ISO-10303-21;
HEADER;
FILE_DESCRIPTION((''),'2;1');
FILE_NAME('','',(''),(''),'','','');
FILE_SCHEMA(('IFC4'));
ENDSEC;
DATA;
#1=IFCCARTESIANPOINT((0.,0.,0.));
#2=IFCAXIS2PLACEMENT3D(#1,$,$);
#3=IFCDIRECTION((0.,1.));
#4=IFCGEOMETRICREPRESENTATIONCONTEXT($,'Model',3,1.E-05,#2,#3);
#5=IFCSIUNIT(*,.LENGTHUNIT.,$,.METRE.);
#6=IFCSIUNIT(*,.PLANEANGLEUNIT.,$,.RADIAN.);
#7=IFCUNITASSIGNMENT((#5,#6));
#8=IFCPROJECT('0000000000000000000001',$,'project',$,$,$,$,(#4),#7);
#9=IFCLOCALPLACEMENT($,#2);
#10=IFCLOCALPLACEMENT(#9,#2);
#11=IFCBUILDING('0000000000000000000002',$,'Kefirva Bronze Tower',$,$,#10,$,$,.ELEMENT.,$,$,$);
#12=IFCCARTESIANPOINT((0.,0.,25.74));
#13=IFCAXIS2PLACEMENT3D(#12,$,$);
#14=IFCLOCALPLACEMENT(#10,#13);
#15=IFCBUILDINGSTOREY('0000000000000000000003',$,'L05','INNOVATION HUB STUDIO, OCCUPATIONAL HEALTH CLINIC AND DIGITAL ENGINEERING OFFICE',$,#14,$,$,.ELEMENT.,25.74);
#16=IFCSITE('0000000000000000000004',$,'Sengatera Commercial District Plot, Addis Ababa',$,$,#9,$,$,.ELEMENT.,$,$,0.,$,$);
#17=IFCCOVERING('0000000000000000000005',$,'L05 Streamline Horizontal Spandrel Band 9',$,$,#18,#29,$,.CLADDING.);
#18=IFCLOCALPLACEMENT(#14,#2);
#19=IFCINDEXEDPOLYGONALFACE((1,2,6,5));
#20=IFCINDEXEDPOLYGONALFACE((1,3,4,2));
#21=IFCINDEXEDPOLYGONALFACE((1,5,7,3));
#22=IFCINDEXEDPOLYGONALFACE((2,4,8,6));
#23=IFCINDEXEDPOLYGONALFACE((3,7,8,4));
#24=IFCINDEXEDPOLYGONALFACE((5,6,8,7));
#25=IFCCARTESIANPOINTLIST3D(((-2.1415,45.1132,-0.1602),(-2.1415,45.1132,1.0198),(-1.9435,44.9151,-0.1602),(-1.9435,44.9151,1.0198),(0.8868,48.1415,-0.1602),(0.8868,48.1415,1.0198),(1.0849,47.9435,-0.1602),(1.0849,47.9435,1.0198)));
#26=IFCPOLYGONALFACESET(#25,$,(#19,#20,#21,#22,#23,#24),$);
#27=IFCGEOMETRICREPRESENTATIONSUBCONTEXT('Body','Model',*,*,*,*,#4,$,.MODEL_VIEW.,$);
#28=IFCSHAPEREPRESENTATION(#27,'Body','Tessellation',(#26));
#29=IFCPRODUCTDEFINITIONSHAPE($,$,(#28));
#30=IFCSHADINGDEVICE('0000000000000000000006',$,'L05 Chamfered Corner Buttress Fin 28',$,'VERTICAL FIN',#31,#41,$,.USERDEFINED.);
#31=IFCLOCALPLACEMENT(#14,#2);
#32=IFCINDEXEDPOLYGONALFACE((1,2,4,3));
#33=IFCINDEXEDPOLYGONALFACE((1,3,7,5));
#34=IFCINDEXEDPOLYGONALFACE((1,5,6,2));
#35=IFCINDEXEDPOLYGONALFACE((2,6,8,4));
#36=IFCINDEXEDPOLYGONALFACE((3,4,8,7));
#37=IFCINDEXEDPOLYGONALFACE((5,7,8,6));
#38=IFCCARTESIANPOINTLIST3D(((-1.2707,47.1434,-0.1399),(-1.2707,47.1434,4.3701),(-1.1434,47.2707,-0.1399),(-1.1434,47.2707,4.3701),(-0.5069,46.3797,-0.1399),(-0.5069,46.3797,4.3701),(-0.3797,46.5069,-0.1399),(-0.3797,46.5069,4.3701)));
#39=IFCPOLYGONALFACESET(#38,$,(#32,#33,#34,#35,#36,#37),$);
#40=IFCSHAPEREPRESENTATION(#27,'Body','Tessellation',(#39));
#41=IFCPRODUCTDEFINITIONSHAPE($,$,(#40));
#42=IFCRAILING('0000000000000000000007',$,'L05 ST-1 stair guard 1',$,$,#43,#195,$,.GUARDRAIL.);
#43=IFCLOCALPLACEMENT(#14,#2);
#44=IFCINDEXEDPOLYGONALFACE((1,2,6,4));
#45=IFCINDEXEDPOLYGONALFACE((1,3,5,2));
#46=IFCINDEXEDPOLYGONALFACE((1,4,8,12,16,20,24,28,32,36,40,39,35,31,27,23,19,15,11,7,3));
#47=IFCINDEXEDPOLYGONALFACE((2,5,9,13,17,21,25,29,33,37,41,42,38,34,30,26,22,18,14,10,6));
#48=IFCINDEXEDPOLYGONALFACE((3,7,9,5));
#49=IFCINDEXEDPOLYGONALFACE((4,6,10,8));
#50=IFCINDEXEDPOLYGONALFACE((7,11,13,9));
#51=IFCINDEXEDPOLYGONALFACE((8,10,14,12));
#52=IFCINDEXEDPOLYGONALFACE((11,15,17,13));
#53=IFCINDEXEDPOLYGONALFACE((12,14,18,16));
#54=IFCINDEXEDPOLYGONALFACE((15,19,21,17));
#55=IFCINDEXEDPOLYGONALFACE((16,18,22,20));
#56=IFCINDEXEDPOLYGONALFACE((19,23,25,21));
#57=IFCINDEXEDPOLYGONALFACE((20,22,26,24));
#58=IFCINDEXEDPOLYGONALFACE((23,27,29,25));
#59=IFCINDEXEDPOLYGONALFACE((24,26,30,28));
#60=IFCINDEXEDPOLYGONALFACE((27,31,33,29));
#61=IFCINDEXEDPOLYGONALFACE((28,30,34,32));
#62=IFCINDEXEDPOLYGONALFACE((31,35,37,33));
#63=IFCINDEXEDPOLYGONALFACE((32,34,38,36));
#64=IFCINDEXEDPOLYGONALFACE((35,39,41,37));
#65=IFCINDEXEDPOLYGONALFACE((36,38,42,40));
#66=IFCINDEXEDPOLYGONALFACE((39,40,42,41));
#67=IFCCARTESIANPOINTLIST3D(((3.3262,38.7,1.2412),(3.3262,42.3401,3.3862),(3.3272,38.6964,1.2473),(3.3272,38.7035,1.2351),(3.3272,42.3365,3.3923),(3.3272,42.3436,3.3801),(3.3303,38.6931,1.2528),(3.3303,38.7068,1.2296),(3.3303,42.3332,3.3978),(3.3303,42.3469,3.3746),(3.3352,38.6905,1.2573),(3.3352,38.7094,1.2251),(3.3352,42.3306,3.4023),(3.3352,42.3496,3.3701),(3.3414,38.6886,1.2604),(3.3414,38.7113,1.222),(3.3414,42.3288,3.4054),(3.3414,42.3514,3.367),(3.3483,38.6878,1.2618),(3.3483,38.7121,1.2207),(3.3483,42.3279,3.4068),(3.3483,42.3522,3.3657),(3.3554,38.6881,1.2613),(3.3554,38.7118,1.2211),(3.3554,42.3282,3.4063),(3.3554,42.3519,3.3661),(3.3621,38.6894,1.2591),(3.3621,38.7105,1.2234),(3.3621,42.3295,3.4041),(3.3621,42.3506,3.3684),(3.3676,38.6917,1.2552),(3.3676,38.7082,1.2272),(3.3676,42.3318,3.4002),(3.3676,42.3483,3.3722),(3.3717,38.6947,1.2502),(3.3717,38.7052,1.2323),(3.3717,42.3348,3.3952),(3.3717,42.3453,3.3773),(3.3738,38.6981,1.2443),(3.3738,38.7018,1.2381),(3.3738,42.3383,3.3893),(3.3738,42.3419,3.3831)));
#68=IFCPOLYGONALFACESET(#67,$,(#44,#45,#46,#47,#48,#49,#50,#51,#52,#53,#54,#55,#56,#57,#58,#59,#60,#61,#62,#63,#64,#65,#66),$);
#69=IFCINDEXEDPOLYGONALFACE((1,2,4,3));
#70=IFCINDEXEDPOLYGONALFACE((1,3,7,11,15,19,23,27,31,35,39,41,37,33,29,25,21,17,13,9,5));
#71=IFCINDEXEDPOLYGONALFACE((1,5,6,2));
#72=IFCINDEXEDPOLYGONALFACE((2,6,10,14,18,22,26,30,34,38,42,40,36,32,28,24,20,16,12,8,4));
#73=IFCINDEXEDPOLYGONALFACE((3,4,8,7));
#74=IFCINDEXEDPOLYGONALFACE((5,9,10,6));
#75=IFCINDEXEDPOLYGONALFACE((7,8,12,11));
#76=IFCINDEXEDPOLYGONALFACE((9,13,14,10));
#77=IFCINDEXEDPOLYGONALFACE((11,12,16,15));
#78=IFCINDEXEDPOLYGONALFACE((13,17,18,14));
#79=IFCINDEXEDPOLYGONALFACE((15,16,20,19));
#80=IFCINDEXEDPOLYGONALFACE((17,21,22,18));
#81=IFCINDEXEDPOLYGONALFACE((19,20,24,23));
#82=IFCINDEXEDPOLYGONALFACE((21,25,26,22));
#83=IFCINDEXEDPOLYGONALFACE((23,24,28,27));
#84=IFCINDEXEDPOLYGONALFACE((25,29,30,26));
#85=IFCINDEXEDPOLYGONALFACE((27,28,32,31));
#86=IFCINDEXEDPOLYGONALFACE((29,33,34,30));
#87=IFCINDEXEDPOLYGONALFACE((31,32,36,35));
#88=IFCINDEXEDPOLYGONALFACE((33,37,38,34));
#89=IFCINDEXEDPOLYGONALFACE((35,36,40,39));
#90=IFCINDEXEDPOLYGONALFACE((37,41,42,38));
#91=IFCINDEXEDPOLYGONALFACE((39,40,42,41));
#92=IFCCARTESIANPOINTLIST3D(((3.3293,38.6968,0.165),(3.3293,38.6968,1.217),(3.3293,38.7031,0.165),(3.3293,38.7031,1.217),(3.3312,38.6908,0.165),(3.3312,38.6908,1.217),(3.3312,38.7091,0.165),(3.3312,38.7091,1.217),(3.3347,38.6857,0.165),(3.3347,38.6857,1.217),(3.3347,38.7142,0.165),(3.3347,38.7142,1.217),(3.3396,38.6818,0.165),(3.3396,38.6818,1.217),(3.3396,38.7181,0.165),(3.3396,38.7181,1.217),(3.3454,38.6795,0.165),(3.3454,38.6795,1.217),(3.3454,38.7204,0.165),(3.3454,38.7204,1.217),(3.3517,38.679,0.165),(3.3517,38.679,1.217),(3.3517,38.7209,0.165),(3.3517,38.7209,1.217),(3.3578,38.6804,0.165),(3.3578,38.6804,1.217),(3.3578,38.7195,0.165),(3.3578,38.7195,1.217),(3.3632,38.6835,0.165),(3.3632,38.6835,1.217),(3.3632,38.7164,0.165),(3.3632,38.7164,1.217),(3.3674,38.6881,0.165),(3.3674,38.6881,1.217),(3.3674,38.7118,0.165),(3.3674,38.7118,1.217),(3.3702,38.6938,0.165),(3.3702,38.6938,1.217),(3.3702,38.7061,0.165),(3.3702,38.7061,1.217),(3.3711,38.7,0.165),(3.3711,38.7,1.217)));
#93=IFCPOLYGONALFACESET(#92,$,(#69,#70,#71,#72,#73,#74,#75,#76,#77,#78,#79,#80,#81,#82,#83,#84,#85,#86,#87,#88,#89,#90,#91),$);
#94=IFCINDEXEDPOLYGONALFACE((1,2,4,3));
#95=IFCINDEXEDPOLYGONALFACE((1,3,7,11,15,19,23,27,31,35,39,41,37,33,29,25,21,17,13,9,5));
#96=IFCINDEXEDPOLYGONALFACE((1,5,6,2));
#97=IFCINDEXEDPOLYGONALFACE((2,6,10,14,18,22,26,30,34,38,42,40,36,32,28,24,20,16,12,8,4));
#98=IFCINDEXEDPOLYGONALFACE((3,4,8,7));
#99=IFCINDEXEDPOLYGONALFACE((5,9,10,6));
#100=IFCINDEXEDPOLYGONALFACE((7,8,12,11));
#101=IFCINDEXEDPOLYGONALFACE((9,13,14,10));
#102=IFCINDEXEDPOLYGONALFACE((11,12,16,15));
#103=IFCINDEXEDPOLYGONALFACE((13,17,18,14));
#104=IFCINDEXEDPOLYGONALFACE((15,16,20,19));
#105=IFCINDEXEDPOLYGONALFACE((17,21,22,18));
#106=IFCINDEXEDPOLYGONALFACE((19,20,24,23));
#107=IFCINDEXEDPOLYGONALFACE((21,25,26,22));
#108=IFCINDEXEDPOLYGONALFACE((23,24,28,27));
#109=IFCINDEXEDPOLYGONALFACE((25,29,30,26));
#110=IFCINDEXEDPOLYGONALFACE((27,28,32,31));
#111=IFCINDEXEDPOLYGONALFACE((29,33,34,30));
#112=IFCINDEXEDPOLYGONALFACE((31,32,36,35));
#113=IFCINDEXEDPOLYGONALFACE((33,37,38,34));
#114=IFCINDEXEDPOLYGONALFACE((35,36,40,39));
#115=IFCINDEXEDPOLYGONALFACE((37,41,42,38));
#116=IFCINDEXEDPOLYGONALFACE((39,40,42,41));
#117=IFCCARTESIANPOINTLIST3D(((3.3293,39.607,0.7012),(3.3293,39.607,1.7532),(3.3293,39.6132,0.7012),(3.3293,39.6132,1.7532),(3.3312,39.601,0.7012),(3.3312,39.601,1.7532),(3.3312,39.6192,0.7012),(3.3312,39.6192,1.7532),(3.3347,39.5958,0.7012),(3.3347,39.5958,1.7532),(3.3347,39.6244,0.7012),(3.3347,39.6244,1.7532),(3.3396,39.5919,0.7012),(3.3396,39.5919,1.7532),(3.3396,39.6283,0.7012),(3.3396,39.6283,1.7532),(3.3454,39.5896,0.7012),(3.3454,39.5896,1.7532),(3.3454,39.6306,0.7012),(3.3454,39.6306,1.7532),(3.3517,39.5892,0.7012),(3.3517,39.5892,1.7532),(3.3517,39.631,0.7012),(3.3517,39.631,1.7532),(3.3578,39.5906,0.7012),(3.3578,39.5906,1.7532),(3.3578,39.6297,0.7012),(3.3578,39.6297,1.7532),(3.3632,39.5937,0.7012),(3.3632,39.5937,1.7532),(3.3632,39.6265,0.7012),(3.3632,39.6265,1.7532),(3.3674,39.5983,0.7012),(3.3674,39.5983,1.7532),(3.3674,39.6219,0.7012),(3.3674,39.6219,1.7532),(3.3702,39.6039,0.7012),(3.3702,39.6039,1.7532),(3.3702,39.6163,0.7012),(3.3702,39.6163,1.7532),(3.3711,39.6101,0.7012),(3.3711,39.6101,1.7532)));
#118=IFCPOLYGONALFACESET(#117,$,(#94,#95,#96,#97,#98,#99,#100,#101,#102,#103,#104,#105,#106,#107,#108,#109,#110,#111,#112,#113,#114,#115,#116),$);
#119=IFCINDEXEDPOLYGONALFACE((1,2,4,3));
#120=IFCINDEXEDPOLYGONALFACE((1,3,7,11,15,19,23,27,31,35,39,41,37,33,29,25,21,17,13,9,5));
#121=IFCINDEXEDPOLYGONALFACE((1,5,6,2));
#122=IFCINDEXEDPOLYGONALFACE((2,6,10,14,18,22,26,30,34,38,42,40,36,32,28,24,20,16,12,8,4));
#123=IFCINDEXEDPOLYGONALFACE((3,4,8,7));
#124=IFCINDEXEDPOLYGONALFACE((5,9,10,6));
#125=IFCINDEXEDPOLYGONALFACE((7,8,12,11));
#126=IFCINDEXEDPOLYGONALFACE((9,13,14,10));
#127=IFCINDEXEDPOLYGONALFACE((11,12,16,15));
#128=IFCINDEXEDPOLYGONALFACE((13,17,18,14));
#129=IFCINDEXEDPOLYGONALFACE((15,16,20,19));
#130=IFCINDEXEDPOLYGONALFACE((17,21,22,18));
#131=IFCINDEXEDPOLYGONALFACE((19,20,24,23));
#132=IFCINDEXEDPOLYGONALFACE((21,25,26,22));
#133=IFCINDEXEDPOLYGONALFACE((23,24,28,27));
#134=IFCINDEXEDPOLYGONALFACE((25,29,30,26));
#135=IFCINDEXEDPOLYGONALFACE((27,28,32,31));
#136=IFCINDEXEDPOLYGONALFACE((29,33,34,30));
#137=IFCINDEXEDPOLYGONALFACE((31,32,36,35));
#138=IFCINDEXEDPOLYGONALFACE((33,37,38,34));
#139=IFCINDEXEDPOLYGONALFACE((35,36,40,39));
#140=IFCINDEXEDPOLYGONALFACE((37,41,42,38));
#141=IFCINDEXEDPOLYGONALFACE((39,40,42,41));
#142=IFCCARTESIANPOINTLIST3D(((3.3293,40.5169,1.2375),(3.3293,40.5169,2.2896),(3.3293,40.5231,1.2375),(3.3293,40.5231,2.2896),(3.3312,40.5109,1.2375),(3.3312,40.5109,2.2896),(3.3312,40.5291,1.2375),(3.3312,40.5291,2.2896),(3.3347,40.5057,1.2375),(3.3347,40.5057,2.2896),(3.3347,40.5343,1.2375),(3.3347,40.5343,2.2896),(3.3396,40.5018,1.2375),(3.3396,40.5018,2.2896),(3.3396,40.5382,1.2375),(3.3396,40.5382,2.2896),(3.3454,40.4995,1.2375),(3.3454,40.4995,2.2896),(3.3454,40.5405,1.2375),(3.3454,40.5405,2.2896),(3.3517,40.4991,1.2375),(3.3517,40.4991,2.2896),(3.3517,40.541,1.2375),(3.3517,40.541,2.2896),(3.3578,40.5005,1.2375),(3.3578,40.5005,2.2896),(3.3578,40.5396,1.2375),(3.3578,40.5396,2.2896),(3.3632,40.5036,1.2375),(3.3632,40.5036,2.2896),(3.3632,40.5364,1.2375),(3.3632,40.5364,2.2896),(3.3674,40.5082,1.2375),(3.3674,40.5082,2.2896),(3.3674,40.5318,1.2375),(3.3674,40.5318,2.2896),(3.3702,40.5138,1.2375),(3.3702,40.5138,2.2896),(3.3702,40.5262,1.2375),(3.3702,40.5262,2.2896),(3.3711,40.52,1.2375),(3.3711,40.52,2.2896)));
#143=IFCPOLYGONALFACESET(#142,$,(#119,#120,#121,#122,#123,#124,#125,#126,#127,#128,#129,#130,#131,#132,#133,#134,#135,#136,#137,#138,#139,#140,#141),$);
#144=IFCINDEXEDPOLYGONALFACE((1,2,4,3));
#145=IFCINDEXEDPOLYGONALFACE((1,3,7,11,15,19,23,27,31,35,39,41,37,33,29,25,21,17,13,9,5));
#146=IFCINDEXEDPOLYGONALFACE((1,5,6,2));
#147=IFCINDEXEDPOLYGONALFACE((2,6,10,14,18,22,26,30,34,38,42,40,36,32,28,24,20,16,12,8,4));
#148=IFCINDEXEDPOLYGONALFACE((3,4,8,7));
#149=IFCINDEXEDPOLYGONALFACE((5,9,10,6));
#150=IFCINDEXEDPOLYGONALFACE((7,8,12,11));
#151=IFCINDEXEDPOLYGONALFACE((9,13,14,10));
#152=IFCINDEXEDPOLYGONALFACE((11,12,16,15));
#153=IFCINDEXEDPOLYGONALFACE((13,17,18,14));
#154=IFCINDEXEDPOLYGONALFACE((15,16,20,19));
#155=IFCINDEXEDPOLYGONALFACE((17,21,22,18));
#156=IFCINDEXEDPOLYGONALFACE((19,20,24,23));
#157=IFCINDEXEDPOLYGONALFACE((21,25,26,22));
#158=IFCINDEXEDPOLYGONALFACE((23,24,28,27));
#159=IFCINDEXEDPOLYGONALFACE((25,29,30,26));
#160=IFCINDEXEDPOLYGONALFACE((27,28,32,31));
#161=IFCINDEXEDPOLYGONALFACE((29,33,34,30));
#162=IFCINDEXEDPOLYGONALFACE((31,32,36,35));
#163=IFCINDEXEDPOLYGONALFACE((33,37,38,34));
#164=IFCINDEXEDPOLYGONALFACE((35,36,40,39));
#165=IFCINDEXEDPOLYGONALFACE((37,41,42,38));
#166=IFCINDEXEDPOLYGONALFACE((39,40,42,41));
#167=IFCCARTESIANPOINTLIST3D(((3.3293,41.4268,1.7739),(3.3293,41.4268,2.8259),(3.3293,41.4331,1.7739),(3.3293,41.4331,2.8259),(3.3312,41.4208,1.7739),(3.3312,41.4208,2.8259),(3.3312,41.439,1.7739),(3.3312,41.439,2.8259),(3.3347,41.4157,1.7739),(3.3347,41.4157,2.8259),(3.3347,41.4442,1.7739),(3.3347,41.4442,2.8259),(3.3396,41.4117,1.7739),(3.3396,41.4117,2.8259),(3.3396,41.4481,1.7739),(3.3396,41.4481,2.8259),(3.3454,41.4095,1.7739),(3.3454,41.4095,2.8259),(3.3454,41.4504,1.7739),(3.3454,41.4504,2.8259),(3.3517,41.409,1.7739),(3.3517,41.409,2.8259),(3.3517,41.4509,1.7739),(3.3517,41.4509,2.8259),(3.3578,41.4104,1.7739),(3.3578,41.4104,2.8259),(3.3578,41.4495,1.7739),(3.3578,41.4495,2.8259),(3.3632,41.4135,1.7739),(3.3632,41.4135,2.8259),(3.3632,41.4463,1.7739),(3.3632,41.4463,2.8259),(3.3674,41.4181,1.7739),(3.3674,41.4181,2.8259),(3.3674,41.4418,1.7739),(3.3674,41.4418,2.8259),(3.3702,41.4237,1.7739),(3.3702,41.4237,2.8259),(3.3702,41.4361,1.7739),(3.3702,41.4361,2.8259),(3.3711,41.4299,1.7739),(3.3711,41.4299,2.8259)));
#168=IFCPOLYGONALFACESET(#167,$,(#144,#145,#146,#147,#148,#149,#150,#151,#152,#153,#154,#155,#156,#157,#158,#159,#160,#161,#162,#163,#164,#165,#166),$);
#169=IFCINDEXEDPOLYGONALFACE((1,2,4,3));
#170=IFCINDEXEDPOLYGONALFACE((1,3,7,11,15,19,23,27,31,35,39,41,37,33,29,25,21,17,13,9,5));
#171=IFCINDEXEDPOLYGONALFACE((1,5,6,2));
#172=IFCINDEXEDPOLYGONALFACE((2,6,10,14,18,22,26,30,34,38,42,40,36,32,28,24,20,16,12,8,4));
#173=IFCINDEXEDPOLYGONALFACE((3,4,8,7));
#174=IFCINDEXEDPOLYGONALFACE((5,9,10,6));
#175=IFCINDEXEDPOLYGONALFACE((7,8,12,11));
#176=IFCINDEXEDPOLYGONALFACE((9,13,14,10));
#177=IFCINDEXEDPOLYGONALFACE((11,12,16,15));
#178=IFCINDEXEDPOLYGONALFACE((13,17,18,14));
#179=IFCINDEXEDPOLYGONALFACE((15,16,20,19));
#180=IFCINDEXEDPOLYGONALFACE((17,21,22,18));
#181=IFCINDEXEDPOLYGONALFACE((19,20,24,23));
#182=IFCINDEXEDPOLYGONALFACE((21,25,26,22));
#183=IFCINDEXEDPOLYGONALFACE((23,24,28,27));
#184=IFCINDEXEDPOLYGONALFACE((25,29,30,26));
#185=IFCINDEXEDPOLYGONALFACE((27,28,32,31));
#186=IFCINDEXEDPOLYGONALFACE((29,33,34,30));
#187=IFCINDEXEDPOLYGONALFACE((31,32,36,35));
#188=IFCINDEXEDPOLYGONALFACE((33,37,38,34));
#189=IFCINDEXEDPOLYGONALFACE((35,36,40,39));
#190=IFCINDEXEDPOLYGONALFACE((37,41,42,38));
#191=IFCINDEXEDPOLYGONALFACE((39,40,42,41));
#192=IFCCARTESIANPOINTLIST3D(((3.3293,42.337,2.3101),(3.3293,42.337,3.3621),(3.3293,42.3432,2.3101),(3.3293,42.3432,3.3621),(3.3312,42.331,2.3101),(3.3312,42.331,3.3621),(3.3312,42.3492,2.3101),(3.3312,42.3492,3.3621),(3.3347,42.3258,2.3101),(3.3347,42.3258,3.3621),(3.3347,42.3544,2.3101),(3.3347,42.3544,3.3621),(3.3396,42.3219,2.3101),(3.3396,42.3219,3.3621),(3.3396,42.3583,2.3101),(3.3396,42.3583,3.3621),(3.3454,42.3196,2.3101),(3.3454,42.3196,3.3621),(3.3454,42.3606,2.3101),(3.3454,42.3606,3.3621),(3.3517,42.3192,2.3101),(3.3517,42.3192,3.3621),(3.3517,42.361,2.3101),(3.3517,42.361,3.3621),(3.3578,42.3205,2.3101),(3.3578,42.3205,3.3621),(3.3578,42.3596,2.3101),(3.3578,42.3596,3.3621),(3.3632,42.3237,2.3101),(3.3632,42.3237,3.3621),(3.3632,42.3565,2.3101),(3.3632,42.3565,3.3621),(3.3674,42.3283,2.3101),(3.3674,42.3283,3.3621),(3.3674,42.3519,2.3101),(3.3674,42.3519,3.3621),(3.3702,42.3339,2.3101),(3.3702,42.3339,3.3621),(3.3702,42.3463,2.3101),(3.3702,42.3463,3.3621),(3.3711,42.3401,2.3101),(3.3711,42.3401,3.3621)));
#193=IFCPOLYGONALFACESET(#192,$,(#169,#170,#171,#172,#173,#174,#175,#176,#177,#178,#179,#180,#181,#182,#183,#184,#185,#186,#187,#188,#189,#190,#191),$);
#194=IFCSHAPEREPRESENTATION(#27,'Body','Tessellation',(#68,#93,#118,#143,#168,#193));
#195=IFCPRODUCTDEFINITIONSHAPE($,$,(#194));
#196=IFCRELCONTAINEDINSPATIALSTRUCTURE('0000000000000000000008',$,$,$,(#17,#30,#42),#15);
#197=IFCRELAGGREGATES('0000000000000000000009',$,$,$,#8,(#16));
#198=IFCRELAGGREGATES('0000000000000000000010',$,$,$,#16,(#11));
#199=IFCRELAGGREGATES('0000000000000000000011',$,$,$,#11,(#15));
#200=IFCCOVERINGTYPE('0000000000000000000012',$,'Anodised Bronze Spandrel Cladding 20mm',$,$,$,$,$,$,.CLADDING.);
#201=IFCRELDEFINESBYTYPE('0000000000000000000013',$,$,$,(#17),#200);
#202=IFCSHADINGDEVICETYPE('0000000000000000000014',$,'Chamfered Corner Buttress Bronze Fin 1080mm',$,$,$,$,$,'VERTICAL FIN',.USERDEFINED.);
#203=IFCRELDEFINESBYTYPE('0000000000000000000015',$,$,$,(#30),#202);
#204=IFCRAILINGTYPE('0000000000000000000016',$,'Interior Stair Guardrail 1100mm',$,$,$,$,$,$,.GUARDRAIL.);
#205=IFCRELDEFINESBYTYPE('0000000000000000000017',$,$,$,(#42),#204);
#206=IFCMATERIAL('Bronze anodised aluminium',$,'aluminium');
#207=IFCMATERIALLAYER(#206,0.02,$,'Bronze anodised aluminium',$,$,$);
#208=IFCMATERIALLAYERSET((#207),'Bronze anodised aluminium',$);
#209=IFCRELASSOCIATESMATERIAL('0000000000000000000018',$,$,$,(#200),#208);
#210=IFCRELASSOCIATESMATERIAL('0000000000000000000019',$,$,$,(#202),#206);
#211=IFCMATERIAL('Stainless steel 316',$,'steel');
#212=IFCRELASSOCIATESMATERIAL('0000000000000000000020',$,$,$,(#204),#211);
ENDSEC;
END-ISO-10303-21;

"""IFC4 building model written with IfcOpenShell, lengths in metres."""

from ifc_helpers import new_model, si_unit, direction, frame, origin, origin_2d, place, context, subcontext, project, spatial, rectangle, circle, extrude, material, layer, layer_set, material_profile, profile_set, type_object, element, save


model = new_model("IFC4")

# Units and contexts
model_context = context("Model", 3, precision=1e-05, world=origin(), true_north=direction((0.0, 1.0)))
body_context = subcontext(model_context, "Body", "Model", "MODEL_VIEW")
ifc_project = project(units=[si_unit("LENGTHUNIT", "METRE"), si_unit("PLANEANGLEUNIT", "RADIAN")], contexts=[model_context])

# Site, building, storey
site_placement = place(None, origin())
site = spatial("IfcSite", under=ifc_project, at=site_placement, Name="Sengatera Commercial District Plot, Addis Ababa", CompositionType="ELEMENT", RefElevation=0.0)
building_placement = place(site_placement, origin())
building = spatial("IfcBuilding", under=site, at=building_placement, Name="Kefirva Bronze Tower", CompositionType="ELEMENT")
storey_placement = place(building_placement, frame((0.0, 0.0, 25.74)))
storey = spatial("IfcBuildingStorey", under=building, at=storey_placement, Name="L05", Description="INNOVATION HUB STUDIO, OCCUPATIONAL HEALTH CLINIC AND DIGITAL ENGINEERING OFFICE", CompositionType="ELEMENT", Elevation=25.74)

# Shared definitions
ifc_material_1 = material(Name="Bronze anodised aluminium", Category="aluminium")

# Shared definitions
ifc_material_2 = material(Name="Stainless steel 316", Category="steel")

# Covering
ifc_layer_1 = layer(ifc_material_1, 0.02, Name="Bronze anodised aluminium")
ifc_layer_set_1 = layer_set([ifc_layer_1], Name="Bronze anodised aluminium")
covering_type_1 = type_object("IfcCoveringType", Name="Anodised Bronze Spandrel Cladding 20mm", PredefinedType="CLADDING", material=ifc_layer_set_1)
covering_1_placement = place(storey_placement, frame((-0.5283, 46.5283, -0.1602), z_axis=(0.0, 0.0, 1.0), x_axis=(-0.707107, -0.707107, 0.0)))
element("IfcCovering", 1, at=covering_1_placement, inside=storey, type_object=covering_type_1, Name="L05 Streamline Horizontal Spandrel Band 9", PredefinedType="CLADDING", context=body_context, shape_type="SweptSolid", body=[
    extrude(rectangle(XDim=4.2827, YDim=0.28, at=origin_2d()), origin(), (0.0, 0.0, 1.0), 1.1799),
])

# Shading device
ifc_material_profile_1 = material_profile(ifc_material_1, rectangle(XDim=0.1799, YDim=1.0801, at=origin_2d()), Name="BRONZE BUTTRESS FIN 180x1080")
ifc_profile_set_1 = profile_set([ifc_material_profile_1], Name="Bronze anodised aluminium")
shading_device_type = type_object("IfcShadingDeviceType", Name="Chamfered Corner Buttress Bronze Fin 1080mm", ElementType="VERTICAL FIN", PredefinedType="USERDEFINED", material=ifc_profile_set_1)
shading_device_placement = place(storey_placement, frame((-0.8252, 46.8252, -0.1399), z_axis=(0.0, 0.0, 1.0), x_axis=(-0.707107, -0.707107, 0.0)))
element("IfcShadingDevice", 2, at=shading_device_placement, inside=storey, type_object=shading_device_type, Name="L05 Chamfered Corner Buttress Fin 28", ObjectType="VERTICAL FIN", PredefinedType="USERDEFINED", context=body_context, shape_type="SweptSolid", body=[
    extrude(rectangle(XDim=0.1799, YDim=1.0801, at=origin_2d()), origin(), (0.0, 0.0, 1.0), 4.51),
])

# Railing
railing_type_1 = type_object("IfcRailingType", Name="Interior Stair Guardrail 1100mm", PredefinedType="GUARDRAIL", material=ifc_material_2)
railing_1_placement = place(storey_placement, frame((3.3501, 38.7, 0.165)))
element("IfcRailing", 3, at=railing_1_placement, inside=storey, type_object=railing_type_1, Name="L05 ST-1 stair guard 1", PredefinedType="GUARDRAIL", context=body_context, shape_type="SweptSolid", body=[
    extrude(circle(Radius=0.0239, at=origin_2d()), frame((0.0, 0.0, 1.0762), z_axis=(0.0, 0.861545, 0.507682), x_axis=(-1.0, 0.0, 0.0)), (0.0, 0.0, 1.0), 4.2251),
    extrude(circle(Radius=0.021, at=origin_2d()), origin(), (0.0, 0.0, 1.0), 1.052),
    extrude(circle(Radius=0.021, at=origin_2d()), frame((0.0, 0.9102, 0.5361)), (0.0, 0.0, 1.0), 1.052),
    extrude(circle(Radius=0.021, at=origin_2d()), frame((0.0, 1.8201, 1.0725)), (0.0, 0.0, 1.0), 1.052),
    extrude(circle(Radius=0.021, at=origin_2d()), frame((0.0, 2.73, 1.6089)), (0.0, 0.0, 1.0), 1.052),
    extrude(circle(Radius=0.021, at=origin_2d()), frame((0.0, 3.6401, 2.145)), (0.0, 0.0, 1.0), 1.052),
])

save(model, "model.ifc")
